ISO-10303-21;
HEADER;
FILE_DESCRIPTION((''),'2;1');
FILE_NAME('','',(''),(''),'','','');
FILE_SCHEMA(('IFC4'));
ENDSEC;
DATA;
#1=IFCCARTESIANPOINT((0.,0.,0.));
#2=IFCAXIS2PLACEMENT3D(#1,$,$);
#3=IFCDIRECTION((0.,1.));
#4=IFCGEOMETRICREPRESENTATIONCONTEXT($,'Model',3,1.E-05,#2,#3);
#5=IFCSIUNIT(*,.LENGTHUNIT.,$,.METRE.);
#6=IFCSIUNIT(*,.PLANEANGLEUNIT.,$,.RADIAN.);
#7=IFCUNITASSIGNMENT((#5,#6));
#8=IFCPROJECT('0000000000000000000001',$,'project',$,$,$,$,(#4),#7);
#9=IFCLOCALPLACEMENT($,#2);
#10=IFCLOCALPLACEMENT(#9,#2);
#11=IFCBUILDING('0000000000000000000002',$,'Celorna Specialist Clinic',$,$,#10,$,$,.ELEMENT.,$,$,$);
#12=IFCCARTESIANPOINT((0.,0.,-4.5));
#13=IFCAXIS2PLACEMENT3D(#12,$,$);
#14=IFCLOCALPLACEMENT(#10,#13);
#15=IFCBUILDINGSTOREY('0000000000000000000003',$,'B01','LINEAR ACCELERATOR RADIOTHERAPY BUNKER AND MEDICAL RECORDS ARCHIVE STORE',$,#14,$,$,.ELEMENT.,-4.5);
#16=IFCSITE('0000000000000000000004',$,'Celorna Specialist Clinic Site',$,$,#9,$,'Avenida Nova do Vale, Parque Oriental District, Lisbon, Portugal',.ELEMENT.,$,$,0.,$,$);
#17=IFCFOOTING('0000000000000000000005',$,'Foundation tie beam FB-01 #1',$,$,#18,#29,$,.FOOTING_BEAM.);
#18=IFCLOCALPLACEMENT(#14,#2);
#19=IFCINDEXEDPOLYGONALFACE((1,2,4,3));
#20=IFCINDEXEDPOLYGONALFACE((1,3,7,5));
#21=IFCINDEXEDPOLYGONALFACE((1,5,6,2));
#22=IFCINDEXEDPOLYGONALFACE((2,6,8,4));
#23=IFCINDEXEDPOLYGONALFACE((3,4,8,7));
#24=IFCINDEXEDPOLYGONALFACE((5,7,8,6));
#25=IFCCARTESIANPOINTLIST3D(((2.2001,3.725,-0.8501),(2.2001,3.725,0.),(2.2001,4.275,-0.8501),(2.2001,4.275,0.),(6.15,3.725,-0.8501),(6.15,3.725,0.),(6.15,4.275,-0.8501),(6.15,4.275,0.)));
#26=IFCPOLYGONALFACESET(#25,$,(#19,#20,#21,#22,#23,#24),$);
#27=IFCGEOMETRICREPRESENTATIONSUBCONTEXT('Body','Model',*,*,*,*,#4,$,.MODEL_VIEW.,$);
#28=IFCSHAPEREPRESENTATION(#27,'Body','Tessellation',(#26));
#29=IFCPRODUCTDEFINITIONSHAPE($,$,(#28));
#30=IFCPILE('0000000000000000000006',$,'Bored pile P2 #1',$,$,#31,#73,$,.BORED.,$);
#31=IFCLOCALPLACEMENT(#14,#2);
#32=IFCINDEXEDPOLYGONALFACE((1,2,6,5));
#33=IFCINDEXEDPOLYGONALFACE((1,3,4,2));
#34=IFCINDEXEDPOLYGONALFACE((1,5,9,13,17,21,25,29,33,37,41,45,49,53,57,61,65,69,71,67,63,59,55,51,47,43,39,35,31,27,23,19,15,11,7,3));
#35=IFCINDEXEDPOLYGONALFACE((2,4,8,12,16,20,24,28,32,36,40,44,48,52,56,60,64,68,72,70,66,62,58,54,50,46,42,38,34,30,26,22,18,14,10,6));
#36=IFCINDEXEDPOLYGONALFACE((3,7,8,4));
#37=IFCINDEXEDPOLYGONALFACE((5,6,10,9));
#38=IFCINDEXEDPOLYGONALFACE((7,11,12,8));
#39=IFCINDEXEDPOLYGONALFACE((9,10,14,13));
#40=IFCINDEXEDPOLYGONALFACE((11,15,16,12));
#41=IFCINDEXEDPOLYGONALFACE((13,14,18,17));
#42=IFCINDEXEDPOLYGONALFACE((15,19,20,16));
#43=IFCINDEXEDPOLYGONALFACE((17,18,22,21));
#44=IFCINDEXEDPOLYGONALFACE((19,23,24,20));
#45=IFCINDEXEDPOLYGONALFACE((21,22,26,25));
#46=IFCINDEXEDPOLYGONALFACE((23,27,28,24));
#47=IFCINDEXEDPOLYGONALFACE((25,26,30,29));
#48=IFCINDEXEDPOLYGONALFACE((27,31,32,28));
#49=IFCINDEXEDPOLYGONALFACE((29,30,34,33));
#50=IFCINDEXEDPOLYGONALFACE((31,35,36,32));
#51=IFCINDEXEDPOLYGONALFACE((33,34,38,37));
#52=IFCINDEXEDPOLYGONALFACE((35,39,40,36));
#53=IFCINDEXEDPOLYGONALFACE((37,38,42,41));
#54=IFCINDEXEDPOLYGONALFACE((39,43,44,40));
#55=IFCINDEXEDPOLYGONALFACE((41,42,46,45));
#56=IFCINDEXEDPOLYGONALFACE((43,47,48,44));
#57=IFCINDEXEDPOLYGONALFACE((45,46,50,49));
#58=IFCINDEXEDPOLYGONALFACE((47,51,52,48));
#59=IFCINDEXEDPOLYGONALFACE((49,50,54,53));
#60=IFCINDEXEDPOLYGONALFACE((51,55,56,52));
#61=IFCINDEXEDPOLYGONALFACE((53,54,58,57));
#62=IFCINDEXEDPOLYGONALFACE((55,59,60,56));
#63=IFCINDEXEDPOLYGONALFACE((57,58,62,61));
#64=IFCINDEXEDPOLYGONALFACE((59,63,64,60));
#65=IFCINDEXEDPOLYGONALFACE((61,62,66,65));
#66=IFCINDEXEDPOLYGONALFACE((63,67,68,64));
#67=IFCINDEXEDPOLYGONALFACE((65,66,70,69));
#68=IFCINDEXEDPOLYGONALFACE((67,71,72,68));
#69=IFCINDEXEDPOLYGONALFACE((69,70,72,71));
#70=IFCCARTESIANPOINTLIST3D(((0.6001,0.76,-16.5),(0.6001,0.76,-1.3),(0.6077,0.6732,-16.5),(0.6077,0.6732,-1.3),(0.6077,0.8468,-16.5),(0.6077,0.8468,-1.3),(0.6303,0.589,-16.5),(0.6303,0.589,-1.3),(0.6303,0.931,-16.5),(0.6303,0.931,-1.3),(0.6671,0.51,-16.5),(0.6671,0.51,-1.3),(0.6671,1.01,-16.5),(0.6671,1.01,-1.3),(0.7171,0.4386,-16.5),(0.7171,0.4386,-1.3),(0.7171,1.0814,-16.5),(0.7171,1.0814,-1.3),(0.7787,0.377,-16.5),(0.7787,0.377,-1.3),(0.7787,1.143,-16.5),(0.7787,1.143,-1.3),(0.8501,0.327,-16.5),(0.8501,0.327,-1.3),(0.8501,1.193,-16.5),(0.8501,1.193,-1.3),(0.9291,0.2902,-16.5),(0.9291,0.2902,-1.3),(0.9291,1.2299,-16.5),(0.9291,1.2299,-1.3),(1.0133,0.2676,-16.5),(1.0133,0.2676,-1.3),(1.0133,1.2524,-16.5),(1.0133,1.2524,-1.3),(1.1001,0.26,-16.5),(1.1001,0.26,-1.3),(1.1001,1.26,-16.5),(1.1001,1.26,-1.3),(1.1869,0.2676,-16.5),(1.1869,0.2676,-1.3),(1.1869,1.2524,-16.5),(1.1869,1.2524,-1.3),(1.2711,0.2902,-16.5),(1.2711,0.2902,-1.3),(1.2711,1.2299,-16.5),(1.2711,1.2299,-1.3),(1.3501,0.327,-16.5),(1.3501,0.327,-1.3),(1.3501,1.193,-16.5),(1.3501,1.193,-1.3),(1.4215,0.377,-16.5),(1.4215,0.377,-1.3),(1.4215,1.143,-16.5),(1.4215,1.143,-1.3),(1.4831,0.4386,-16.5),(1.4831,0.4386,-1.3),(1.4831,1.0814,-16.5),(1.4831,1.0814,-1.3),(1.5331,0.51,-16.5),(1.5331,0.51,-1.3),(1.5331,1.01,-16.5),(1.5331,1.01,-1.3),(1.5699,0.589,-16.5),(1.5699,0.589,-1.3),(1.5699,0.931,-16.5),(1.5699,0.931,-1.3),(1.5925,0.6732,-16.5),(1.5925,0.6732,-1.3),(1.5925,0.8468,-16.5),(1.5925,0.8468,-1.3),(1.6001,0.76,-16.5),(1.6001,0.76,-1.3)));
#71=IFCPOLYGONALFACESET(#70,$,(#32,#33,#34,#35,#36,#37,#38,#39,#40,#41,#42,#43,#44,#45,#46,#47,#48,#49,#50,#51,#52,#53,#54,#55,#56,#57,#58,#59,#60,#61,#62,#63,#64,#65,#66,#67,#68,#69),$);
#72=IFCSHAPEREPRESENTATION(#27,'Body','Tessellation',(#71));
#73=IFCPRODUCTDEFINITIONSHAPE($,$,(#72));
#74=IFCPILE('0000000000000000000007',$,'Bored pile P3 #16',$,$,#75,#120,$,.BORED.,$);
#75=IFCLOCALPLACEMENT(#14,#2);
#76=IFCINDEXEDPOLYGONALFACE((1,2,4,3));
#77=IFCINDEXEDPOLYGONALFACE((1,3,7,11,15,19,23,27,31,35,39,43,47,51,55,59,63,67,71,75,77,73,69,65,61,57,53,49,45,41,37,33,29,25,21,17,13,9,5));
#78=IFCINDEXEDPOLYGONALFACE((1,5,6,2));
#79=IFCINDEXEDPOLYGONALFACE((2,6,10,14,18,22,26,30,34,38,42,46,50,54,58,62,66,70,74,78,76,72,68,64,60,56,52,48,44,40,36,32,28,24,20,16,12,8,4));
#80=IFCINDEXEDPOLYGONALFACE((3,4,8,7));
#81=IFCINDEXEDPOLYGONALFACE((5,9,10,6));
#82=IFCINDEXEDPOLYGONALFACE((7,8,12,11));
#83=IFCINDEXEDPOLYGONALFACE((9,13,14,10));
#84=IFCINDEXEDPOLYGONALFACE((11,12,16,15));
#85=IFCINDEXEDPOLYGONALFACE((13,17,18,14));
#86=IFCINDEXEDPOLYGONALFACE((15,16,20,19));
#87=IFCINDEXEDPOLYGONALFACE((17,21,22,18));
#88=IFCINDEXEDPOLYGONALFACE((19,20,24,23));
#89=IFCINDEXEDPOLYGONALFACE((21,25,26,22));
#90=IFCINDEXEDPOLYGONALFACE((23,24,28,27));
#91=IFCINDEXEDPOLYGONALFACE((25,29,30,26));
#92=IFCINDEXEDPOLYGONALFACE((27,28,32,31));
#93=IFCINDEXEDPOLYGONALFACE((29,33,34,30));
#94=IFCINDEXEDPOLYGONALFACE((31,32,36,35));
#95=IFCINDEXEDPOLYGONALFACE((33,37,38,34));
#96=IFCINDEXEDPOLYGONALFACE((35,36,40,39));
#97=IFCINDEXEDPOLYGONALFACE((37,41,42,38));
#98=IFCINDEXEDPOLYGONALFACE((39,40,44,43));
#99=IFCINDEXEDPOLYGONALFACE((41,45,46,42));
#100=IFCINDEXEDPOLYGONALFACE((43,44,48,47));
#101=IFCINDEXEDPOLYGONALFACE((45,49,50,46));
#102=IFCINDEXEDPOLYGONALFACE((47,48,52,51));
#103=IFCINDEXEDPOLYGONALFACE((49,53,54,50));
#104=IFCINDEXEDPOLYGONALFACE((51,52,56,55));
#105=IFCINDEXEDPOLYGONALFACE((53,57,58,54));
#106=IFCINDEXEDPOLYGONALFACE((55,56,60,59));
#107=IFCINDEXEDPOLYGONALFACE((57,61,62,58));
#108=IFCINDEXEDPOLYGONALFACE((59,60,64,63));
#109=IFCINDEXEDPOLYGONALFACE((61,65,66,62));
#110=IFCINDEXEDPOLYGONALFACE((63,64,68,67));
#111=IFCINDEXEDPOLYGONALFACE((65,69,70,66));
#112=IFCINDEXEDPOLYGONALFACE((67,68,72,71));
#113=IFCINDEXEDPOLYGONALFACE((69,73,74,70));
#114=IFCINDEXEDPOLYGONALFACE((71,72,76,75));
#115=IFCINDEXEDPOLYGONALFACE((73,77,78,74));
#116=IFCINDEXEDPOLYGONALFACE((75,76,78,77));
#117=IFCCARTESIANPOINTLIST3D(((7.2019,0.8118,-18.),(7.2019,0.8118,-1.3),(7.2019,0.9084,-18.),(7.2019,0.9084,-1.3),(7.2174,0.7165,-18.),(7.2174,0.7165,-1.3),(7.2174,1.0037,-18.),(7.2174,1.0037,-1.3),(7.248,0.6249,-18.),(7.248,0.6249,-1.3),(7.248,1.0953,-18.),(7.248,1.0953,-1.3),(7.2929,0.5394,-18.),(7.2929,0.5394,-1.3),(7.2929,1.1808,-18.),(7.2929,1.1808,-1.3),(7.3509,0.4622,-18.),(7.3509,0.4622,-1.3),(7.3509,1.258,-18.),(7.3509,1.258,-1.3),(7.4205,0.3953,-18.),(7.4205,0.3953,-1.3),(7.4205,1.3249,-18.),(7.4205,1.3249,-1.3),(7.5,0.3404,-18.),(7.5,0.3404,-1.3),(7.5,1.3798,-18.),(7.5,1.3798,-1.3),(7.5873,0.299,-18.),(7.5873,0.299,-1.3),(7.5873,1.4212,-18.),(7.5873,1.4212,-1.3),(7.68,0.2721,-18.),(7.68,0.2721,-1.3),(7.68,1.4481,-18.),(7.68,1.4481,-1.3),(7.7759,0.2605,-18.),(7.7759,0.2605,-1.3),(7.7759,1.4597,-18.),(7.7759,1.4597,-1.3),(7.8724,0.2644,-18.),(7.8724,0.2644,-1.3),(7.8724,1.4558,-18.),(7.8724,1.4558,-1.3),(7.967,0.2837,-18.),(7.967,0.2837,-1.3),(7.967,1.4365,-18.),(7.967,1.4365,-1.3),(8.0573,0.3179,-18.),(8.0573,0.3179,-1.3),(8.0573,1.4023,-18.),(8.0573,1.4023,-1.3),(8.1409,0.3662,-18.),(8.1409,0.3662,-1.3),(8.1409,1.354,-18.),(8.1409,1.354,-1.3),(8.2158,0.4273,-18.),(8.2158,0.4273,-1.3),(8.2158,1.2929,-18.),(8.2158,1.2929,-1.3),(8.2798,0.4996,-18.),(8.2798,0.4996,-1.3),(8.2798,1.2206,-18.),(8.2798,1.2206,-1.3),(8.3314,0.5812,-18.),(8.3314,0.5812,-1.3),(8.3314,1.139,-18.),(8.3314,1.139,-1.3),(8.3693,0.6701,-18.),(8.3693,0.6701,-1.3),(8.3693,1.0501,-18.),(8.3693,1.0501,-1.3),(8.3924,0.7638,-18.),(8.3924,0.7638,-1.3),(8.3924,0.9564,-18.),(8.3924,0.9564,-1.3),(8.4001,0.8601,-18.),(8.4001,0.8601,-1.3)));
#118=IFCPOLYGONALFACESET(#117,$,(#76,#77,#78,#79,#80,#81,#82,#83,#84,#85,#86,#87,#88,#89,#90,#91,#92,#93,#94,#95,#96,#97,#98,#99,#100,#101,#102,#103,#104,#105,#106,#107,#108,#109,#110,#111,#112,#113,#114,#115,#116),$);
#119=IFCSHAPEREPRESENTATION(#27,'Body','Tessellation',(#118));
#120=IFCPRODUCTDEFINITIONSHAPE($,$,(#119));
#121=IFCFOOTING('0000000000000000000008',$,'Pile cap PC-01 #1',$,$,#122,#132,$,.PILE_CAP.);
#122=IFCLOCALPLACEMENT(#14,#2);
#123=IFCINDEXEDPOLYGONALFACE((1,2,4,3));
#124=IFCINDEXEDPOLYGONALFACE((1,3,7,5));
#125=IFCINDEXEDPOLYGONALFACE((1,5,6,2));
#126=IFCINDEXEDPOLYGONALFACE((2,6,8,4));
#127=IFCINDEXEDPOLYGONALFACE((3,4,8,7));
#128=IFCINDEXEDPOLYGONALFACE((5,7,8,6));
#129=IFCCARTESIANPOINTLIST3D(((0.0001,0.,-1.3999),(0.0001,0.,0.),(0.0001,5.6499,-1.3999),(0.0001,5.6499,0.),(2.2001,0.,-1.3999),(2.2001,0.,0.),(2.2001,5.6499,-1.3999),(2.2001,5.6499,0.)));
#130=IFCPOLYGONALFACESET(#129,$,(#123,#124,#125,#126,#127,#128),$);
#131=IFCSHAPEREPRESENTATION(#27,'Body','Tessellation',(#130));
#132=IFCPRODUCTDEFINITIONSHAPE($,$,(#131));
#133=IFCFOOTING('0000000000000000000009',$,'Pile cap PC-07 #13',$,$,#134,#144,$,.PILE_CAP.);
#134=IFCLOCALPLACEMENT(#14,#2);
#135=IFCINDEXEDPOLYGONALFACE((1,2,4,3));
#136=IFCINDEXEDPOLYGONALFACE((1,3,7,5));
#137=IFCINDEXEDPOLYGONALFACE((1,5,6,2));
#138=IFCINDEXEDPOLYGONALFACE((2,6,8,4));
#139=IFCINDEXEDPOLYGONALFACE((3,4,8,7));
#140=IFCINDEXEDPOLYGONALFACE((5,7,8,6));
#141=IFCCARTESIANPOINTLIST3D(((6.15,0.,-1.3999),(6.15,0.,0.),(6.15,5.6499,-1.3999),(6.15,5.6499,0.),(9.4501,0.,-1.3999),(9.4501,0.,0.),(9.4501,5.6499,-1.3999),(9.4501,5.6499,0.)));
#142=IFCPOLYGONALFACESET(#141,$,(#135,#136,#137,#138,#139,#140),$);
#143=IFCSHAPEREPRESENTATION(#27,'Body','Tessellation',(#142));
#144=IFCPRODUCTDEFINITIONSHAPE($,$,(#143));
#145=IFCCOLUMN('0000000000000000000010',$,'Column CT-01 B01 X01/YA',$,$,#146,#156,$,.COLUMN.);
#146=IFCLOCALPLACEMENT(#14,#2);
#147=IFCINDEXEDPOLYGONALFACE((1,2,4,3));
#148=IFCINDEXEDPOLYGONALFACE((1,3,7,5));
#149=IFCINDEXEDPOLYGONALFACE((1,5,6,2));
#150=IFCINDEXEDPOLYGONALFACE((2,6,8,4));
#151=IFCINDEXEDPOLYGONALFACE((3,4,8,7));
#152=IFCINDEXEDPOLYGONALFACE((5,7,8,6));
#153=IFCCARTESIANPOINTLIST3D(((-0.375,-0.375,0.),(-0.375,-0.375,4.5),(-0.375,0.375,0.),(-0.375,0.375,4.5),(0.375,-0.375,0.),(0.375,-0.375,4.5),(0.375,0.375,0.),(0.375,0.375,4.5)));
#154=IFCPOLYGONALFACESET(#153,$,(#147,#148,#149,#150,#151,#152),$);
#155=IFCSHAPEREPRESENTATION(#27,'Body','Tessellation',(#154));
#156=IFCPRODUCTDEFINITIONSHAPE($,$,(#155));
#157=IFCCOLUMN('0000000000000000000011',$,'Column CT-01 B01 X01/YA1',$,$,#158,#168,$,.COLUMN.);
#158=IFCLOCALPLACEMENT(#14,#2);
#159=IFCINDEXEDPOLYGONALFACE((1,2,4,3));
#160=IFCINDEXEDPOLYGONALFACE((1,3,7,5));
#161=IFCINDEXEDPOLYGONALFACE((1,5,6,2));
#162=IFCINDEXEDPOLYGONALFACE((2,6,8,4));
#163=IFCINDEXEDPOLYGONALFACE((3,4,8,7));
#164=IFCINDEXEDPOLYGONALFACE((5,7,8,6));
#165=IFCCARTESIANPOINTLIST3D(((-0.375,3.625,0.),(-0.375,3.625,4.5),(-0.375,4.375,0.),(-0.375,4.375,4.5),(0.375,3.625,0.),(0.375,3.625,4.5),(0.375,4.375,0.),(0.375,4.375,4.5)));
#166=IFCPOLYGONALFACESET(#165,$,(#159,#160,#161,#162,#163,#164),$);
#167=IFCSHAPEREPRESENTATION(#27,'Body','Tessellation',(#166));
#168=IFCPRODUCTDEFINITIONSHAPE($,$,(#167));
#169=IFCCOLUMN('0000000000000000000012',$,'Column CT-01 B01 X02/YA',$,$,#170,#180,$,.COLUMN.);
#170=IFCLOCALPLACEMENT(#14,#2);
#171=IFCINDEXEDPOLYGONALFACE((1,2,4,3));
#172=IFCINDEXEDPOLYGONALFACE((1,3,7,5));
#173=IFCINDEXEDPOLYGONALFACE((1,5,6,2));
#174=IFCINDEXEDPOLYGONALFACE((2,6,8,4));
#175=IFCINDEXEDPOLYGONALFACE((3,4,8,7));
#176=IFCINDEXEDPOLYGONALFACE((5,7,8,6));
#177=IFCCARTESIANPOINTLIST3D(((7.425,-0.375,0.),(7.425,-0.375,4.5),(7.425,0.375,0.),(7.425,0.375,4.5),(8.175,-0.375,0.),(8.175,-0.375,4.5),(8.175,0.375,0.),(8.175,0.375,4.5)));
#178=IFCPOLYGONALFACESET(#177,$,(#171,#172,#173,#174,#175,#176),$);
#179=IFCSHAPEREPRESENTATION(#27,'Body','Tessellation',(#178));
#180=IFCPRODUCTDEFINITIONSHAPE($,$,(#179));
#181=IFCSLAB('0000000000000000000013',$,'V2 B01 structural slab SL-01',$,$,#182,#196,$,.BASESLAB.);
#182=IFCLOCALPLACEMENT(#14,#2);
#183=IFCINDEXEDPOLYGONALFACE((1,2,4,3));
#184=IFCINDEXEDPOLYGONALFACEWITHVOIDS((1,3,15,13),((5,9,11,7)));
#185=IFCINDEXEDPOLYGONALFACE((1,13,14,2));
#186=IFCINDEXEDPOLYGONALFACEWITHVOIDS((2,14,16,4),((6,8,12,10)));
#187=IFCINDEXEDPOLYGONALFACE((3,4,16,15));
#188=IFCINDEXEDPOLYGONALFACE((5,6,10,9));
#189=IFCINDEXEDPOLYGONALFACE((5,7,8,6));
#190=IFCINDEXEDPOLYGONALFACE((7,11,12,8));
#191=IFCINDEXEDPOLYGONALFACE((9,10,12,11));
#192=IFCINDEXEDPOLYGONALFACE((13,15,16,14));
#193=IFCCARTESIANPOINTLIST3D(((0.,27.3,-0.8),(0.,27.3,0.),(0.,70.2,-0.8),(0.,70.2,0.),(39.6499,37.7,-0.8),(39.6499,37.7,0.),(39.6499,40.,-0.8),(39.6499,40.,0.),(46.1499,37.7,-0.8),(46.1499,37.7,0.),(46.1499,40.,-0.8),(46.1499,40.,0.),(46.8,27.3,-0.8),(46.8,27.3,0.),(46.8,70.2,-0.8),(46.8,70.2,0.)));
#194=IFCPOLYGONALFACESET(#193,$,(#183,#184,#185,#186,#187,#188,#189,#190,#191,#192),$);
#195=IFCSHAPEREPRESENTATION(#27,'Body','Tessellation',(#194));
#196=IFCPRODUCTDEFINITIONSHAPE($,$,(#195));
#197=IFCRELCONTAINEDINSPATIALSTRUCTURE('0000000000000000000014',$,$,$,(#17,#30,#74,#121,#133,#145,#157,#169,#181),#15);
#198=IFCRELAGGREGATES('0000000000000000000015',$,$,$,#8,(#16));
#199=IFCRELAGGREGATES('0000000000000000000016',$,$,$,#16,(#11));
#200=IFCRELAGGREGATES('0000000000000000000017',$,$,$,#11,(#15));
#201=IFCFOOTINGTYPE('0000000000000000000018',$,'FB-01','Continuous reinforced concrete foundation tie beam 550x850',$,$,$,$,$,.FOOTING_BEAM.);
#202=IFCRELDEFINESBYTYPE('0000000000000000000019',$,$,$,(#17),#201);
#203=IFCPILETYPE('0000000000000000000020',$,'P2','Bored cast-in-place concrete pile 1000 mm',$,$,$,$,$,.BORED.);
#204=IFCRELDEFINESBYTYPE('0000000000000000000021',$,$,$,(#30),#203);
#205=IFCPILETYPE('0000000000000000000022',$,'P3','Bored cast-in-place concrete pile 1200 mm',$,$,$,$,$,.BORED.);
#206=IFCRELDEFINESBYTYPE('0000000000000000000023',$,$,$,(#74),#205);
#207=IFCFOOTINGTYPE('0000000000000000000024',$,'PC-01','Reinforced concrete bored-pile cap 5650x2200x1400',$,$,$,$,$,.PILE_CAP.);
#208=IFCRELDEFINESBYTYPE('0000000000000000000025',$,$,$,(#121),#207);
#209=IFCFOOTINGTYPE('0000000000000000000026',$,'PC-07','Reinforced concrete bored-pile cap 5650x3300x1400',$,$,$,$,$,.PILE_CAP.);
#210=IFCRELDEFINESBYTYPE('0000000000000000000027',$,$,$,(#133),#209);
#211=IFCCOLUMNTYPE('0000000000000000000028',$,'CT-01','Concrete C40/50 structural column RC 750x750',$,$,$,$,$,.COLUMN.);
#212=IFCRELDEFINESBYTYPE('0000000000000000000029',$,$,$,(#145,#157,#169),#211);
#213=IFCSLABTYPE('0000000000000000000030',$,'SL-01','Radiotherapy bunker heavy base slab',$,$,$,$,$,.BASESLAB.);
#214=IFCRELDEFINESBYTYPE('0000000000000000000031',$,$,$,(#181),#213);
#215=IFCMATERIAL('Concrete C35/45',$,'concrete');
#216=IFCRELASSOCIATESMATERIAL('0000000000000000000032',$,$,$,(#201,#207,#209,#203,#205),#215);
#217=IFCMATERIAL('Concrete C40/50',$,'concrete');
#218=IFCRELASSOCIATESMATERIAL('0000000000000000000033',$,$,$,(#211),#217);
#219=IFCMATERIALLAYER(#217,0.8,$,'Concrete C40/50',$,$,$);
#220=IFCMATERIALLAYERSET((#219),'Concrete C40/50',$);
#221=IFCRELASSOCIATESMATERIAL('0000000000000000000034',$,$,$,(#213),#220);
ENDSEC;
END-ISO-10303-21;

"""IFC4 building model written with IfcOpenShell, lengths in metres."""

from ifc_helpers import new_model, si_unit, direction, frame, origin, origin_2d, place, context, subcontext, project, spatial, polyline, rectangle, circle, outline, extrude, material, layer, layer_set, material_profile, profile_set, type_object, element, save


model = new_model("IFC4")

# Units and contexts
model_context = context("Model", 3, precision=1e-05, world=origin(), true_north=direction((0.0, 1.0)))
body_context = subcontext(model_context, "Body", "Model", "MODEL_VIEW")
ifc_project = project(units=[si_unit("LENGTHUNIT", "METRE"), si_unit("PLANEANGLEUNIT", "RADIAN")], contexts=[model_context])

# Site, building, storey
site_placement = place(None, origin())
site = spatial("IfcSite", under=ifc_project, at=site_placement, Name="Celorna Specialist Clinic Site", LongName="Avenida Nova do Vale, Parque Oriental District, Lisbon, Portugal", CompositionType="ELEMENT", RefElevation=0.0)
building_placement = place(site_placement, origin())
building = spatial("IfcBuilding", under=site, at=building_placement, Name="Celorna Specialist Clinic", CompositionType="ELEMENT")
storey_placement = place(building_placement, frame((0.0, 0.0, -4.5)))
storey = spatial("IfcBuildingStorey", under=building, at=storey_placement, Name="B01", Description="LINEAR ACCELERATOR RADIOTHERAPY BUNKER AND MEDICAL RECORDS ARCHIVE STORE", CompositionType="ELEMENT", Elevation=-4.5)

# Footing
ifc_material_1 = material(Name="Concrete C35/45", Category="concrete")
footing_type_1 = type_object("IfcFootingType", Name="FB-01", Description="Continuous reinforced concrete foundation tie beam 550x850", PredefinedType="FOOTING_BEAM", material=ifc_material_1)
footing_1_placement = place(storey_placement, frame((4.175, 4.0, -0.8501), z_axis=(0.0, 0.0, 1.0), x_axis=(1.0, 0.0, 0.0)))
element("IfcFooting", 1, at=footing_1_placement, inside=storey, type_object=footing_type_1, Name="Foundation tie beam FB-01 #1", PredefinedType="FOOTING_BEAM", context=body_context, shape_type="SweptSolid", body=[
    extrude(rectangle(XDim=3.95, YDim=0.55, at=origin_2d()), origin(), (0.0, 0.0, 1.0), 0.8501),
])

# Piles
ifc_material_profile_1 = material_profile(ifc_material_1, circle(Radius=0.5, at=origin_2d()), Name="BORED PILE 1000")
ifc_profile_set_1 = profile_set([ifc_material_profile_1], Name="Concrete C35/45")
pile_type_1 = type_object("IfcPileType", Name="P2", Description="Bored cast-in-place concrete pile 1000 mm", PredefinedType="BORED", material=ifc_profile_set_1)
pile_1_placement = place(storey_placement, frame((1.1001, 0.76, -1.3), z_axis=(0.0, 0.0, -1.0), x_axis=(1.0, 0.0, 0.0)))
element("IfcPile", 2, at=pile_1_placement, inside=storey, type_object=pile_type_1, Name="Bored pile P2 #1", PredefinedType="BORED", context=body_context, shape_type="SweptSolid", body=[
    extrude(circle(Radius=0.5, at=origin_2d()), origin(), (0.0, 0.0, 1.0), 15.2),
])
ifc_material_profile_2 = material_profile(ifc_material_1, circle(Radius=0.6001, at=origin_2d()), Name="BORED PILE 1200")
ifc_profile_set_2 = profile_set([ifc_material_profile_2], Name="Concrete C35/45")
pile_type_2 = type_object("IfcPileType", Name="P3", Description="Bored cast-in-place concrete pile 1200 mm", PredefinedType="BORED", material=ifc_profile_set_2)
pile_2_placement = place(storey_placement, frame((7.8, 0.8601, -1.3), z_axis=(0.0, 0.0, -1.0), x_axis=(1.0, 0.0, 0.0)))
element("IfcPile", 3, at=pile_2_placement, inside=storey, type_object=pile_type_2, Name="Bored pile P3 #16", PredefinedType="BORED", context=body_context, shape_type="SweptSolid", body=[
    extrude(circle(Radius=0.6001, at=origin_2d()), origin(), (0.0, 0.0, 1.0), 16.7),
])

# Footings
footing_type_2 = type_object("IfcFootingType", Name="PC-01", Description="Reinforced concrete bored-pile cap 5650x2200x1400", PredefinedType="PILE_CAP", material=ifc_material_1)
footing_2_placement = place(storey_placement, frame((1.1001, 2.825, -1.3999), z_axis=(0.0, 0.0, 1.0), x_axis=(1.0, 0.0, 0.0)))
element("IfcFooting", 4, at=footing_2_placement, inside=storey, type_object=footing_type_2, Name="Pile cap PC-01 #1", PredefinedType="PILE_CAP", context=body_context, shape_type="SweptSolid", body=[
    extrude(rectangle(XDim=2.2, YDim=5.6499, at=origin_2d()), origin(), (0.0, 0.0, 1.0), 1.3999),
])
footing_type_3 = type_object("IfcFootingType", Name="PC-07", Description="Reinforced concrete bored-pile cap 5650x3300x1400", PredefinedType="PILE_CAP", material=ifc_material_1)
footing_3_placement = place(storey_placement, frame((7.8, 2.825, -1.3999), z_axis=(0.0, 0.0, 1.0), x_axis=(1.0, 0.0, 0.0)))
element("IfcFooting", 5, at=footing_3_placement, inside=storey, type_object=footing_type_3, Name="Pile cap PC-07 #13", PredefinedType="PILE_CAP", context=body_context, shape_type="SweptSolid", body=[
    extrude(rectangle(XDim=3.3, YDim=5.6499, at=origin_2d()), origin(), (0.0, 0.0, 1.0), 1.3999),
])

# Columns
ifc_material_2 = material(Name="Concrete C40/50", Category="concrete")
ifc_material_profile_3 = material_profile(ifc_material_2, rectangle(XDim=0.75, YDim=0.75, at=origin_2d()), Name="RC 750x750")
ifc_profile_set_3 = profile_set([ifc_material_profile_3], Name="Concrete C40/50")
column_type = type_object("IfcColumnType", Name="CT-01", Description="Concrete C40/50 structural column RC 750x750", PredefinedType="COLUMN", material=ifc_profile_set_3)
for number, where, z_axis, x_axis, name in (
    (6, (0.0, 0.0, 0.0), (0.0, 0.0, 1.0), (1.0, 0.0, 0.0), "Column CT-01 B01 X01/YA"),
    (7, (0.0, 4.0, 0.0), (0.0, 0.0, 1.0), (1.0, 0.0, 0.0), "Column CT-01 B01 X01/YA1"),
    (8, (7.8, 0.0, 0.0), (0.0, 0.0, 1.0), (1.0, 0.0, 0.0), "Column CT-01 B01 X02/YA"),
):
    element("IfcColumn", number, at=place(storey_placement, frame(where, z_axis=z_axis, x_axis=x_axis)), inside=storey, type_object=column_type, Name=name, PredefinedType="COLUMN", context=body_context, shape_type="SweptSolid", body=[
        extrude(rectangle(XDim=0.75, YDim=0.75, at=origin_2d()), origin(), (0.0, 0.0, 1.0), 4.5),
    ])

# Slab
ifc_layer_1 = layer(ifc_material_2, 0.8, Name="Concrete C40/50")
ifc_layer_set_1 = layer_set([ifc_layer_1], Name="Concrete C40/50")
slab_type_1 = type_object("IfcSlabType", Name="SL-01", Description="Radiotherapy bunker heavy base slab", PredefinedType="BASESLAB", material=ifc_layer_set_1)
slab_1_placement = place(storey_placement, frame((0.0, 0.0, -0.8)))
element("IfcSlab", 9, at=slab_1_placement, inside=storey, type_object=slab_type_1, Name="V2 B01 structural slab SL-01", PredefinedType="BASESLAB", context=body_context, shape_type="SweptSolid", body=[
    extrude(outline(polyline([(46.8, 27.3), (46.8, 70.2), (0.0, 70.2), (0.0, 27.3), (46.8, 27.3)]), holes=[polyline([(39.6499, 37.7), (46.1499, 37.7), (46.1499, 40.0), (39.6499, 40.0), (39.6499, 37.7)])]), origin(), (0.0, 0.0, 1.0), 0.8),
])

save(model, "model.ifc")
